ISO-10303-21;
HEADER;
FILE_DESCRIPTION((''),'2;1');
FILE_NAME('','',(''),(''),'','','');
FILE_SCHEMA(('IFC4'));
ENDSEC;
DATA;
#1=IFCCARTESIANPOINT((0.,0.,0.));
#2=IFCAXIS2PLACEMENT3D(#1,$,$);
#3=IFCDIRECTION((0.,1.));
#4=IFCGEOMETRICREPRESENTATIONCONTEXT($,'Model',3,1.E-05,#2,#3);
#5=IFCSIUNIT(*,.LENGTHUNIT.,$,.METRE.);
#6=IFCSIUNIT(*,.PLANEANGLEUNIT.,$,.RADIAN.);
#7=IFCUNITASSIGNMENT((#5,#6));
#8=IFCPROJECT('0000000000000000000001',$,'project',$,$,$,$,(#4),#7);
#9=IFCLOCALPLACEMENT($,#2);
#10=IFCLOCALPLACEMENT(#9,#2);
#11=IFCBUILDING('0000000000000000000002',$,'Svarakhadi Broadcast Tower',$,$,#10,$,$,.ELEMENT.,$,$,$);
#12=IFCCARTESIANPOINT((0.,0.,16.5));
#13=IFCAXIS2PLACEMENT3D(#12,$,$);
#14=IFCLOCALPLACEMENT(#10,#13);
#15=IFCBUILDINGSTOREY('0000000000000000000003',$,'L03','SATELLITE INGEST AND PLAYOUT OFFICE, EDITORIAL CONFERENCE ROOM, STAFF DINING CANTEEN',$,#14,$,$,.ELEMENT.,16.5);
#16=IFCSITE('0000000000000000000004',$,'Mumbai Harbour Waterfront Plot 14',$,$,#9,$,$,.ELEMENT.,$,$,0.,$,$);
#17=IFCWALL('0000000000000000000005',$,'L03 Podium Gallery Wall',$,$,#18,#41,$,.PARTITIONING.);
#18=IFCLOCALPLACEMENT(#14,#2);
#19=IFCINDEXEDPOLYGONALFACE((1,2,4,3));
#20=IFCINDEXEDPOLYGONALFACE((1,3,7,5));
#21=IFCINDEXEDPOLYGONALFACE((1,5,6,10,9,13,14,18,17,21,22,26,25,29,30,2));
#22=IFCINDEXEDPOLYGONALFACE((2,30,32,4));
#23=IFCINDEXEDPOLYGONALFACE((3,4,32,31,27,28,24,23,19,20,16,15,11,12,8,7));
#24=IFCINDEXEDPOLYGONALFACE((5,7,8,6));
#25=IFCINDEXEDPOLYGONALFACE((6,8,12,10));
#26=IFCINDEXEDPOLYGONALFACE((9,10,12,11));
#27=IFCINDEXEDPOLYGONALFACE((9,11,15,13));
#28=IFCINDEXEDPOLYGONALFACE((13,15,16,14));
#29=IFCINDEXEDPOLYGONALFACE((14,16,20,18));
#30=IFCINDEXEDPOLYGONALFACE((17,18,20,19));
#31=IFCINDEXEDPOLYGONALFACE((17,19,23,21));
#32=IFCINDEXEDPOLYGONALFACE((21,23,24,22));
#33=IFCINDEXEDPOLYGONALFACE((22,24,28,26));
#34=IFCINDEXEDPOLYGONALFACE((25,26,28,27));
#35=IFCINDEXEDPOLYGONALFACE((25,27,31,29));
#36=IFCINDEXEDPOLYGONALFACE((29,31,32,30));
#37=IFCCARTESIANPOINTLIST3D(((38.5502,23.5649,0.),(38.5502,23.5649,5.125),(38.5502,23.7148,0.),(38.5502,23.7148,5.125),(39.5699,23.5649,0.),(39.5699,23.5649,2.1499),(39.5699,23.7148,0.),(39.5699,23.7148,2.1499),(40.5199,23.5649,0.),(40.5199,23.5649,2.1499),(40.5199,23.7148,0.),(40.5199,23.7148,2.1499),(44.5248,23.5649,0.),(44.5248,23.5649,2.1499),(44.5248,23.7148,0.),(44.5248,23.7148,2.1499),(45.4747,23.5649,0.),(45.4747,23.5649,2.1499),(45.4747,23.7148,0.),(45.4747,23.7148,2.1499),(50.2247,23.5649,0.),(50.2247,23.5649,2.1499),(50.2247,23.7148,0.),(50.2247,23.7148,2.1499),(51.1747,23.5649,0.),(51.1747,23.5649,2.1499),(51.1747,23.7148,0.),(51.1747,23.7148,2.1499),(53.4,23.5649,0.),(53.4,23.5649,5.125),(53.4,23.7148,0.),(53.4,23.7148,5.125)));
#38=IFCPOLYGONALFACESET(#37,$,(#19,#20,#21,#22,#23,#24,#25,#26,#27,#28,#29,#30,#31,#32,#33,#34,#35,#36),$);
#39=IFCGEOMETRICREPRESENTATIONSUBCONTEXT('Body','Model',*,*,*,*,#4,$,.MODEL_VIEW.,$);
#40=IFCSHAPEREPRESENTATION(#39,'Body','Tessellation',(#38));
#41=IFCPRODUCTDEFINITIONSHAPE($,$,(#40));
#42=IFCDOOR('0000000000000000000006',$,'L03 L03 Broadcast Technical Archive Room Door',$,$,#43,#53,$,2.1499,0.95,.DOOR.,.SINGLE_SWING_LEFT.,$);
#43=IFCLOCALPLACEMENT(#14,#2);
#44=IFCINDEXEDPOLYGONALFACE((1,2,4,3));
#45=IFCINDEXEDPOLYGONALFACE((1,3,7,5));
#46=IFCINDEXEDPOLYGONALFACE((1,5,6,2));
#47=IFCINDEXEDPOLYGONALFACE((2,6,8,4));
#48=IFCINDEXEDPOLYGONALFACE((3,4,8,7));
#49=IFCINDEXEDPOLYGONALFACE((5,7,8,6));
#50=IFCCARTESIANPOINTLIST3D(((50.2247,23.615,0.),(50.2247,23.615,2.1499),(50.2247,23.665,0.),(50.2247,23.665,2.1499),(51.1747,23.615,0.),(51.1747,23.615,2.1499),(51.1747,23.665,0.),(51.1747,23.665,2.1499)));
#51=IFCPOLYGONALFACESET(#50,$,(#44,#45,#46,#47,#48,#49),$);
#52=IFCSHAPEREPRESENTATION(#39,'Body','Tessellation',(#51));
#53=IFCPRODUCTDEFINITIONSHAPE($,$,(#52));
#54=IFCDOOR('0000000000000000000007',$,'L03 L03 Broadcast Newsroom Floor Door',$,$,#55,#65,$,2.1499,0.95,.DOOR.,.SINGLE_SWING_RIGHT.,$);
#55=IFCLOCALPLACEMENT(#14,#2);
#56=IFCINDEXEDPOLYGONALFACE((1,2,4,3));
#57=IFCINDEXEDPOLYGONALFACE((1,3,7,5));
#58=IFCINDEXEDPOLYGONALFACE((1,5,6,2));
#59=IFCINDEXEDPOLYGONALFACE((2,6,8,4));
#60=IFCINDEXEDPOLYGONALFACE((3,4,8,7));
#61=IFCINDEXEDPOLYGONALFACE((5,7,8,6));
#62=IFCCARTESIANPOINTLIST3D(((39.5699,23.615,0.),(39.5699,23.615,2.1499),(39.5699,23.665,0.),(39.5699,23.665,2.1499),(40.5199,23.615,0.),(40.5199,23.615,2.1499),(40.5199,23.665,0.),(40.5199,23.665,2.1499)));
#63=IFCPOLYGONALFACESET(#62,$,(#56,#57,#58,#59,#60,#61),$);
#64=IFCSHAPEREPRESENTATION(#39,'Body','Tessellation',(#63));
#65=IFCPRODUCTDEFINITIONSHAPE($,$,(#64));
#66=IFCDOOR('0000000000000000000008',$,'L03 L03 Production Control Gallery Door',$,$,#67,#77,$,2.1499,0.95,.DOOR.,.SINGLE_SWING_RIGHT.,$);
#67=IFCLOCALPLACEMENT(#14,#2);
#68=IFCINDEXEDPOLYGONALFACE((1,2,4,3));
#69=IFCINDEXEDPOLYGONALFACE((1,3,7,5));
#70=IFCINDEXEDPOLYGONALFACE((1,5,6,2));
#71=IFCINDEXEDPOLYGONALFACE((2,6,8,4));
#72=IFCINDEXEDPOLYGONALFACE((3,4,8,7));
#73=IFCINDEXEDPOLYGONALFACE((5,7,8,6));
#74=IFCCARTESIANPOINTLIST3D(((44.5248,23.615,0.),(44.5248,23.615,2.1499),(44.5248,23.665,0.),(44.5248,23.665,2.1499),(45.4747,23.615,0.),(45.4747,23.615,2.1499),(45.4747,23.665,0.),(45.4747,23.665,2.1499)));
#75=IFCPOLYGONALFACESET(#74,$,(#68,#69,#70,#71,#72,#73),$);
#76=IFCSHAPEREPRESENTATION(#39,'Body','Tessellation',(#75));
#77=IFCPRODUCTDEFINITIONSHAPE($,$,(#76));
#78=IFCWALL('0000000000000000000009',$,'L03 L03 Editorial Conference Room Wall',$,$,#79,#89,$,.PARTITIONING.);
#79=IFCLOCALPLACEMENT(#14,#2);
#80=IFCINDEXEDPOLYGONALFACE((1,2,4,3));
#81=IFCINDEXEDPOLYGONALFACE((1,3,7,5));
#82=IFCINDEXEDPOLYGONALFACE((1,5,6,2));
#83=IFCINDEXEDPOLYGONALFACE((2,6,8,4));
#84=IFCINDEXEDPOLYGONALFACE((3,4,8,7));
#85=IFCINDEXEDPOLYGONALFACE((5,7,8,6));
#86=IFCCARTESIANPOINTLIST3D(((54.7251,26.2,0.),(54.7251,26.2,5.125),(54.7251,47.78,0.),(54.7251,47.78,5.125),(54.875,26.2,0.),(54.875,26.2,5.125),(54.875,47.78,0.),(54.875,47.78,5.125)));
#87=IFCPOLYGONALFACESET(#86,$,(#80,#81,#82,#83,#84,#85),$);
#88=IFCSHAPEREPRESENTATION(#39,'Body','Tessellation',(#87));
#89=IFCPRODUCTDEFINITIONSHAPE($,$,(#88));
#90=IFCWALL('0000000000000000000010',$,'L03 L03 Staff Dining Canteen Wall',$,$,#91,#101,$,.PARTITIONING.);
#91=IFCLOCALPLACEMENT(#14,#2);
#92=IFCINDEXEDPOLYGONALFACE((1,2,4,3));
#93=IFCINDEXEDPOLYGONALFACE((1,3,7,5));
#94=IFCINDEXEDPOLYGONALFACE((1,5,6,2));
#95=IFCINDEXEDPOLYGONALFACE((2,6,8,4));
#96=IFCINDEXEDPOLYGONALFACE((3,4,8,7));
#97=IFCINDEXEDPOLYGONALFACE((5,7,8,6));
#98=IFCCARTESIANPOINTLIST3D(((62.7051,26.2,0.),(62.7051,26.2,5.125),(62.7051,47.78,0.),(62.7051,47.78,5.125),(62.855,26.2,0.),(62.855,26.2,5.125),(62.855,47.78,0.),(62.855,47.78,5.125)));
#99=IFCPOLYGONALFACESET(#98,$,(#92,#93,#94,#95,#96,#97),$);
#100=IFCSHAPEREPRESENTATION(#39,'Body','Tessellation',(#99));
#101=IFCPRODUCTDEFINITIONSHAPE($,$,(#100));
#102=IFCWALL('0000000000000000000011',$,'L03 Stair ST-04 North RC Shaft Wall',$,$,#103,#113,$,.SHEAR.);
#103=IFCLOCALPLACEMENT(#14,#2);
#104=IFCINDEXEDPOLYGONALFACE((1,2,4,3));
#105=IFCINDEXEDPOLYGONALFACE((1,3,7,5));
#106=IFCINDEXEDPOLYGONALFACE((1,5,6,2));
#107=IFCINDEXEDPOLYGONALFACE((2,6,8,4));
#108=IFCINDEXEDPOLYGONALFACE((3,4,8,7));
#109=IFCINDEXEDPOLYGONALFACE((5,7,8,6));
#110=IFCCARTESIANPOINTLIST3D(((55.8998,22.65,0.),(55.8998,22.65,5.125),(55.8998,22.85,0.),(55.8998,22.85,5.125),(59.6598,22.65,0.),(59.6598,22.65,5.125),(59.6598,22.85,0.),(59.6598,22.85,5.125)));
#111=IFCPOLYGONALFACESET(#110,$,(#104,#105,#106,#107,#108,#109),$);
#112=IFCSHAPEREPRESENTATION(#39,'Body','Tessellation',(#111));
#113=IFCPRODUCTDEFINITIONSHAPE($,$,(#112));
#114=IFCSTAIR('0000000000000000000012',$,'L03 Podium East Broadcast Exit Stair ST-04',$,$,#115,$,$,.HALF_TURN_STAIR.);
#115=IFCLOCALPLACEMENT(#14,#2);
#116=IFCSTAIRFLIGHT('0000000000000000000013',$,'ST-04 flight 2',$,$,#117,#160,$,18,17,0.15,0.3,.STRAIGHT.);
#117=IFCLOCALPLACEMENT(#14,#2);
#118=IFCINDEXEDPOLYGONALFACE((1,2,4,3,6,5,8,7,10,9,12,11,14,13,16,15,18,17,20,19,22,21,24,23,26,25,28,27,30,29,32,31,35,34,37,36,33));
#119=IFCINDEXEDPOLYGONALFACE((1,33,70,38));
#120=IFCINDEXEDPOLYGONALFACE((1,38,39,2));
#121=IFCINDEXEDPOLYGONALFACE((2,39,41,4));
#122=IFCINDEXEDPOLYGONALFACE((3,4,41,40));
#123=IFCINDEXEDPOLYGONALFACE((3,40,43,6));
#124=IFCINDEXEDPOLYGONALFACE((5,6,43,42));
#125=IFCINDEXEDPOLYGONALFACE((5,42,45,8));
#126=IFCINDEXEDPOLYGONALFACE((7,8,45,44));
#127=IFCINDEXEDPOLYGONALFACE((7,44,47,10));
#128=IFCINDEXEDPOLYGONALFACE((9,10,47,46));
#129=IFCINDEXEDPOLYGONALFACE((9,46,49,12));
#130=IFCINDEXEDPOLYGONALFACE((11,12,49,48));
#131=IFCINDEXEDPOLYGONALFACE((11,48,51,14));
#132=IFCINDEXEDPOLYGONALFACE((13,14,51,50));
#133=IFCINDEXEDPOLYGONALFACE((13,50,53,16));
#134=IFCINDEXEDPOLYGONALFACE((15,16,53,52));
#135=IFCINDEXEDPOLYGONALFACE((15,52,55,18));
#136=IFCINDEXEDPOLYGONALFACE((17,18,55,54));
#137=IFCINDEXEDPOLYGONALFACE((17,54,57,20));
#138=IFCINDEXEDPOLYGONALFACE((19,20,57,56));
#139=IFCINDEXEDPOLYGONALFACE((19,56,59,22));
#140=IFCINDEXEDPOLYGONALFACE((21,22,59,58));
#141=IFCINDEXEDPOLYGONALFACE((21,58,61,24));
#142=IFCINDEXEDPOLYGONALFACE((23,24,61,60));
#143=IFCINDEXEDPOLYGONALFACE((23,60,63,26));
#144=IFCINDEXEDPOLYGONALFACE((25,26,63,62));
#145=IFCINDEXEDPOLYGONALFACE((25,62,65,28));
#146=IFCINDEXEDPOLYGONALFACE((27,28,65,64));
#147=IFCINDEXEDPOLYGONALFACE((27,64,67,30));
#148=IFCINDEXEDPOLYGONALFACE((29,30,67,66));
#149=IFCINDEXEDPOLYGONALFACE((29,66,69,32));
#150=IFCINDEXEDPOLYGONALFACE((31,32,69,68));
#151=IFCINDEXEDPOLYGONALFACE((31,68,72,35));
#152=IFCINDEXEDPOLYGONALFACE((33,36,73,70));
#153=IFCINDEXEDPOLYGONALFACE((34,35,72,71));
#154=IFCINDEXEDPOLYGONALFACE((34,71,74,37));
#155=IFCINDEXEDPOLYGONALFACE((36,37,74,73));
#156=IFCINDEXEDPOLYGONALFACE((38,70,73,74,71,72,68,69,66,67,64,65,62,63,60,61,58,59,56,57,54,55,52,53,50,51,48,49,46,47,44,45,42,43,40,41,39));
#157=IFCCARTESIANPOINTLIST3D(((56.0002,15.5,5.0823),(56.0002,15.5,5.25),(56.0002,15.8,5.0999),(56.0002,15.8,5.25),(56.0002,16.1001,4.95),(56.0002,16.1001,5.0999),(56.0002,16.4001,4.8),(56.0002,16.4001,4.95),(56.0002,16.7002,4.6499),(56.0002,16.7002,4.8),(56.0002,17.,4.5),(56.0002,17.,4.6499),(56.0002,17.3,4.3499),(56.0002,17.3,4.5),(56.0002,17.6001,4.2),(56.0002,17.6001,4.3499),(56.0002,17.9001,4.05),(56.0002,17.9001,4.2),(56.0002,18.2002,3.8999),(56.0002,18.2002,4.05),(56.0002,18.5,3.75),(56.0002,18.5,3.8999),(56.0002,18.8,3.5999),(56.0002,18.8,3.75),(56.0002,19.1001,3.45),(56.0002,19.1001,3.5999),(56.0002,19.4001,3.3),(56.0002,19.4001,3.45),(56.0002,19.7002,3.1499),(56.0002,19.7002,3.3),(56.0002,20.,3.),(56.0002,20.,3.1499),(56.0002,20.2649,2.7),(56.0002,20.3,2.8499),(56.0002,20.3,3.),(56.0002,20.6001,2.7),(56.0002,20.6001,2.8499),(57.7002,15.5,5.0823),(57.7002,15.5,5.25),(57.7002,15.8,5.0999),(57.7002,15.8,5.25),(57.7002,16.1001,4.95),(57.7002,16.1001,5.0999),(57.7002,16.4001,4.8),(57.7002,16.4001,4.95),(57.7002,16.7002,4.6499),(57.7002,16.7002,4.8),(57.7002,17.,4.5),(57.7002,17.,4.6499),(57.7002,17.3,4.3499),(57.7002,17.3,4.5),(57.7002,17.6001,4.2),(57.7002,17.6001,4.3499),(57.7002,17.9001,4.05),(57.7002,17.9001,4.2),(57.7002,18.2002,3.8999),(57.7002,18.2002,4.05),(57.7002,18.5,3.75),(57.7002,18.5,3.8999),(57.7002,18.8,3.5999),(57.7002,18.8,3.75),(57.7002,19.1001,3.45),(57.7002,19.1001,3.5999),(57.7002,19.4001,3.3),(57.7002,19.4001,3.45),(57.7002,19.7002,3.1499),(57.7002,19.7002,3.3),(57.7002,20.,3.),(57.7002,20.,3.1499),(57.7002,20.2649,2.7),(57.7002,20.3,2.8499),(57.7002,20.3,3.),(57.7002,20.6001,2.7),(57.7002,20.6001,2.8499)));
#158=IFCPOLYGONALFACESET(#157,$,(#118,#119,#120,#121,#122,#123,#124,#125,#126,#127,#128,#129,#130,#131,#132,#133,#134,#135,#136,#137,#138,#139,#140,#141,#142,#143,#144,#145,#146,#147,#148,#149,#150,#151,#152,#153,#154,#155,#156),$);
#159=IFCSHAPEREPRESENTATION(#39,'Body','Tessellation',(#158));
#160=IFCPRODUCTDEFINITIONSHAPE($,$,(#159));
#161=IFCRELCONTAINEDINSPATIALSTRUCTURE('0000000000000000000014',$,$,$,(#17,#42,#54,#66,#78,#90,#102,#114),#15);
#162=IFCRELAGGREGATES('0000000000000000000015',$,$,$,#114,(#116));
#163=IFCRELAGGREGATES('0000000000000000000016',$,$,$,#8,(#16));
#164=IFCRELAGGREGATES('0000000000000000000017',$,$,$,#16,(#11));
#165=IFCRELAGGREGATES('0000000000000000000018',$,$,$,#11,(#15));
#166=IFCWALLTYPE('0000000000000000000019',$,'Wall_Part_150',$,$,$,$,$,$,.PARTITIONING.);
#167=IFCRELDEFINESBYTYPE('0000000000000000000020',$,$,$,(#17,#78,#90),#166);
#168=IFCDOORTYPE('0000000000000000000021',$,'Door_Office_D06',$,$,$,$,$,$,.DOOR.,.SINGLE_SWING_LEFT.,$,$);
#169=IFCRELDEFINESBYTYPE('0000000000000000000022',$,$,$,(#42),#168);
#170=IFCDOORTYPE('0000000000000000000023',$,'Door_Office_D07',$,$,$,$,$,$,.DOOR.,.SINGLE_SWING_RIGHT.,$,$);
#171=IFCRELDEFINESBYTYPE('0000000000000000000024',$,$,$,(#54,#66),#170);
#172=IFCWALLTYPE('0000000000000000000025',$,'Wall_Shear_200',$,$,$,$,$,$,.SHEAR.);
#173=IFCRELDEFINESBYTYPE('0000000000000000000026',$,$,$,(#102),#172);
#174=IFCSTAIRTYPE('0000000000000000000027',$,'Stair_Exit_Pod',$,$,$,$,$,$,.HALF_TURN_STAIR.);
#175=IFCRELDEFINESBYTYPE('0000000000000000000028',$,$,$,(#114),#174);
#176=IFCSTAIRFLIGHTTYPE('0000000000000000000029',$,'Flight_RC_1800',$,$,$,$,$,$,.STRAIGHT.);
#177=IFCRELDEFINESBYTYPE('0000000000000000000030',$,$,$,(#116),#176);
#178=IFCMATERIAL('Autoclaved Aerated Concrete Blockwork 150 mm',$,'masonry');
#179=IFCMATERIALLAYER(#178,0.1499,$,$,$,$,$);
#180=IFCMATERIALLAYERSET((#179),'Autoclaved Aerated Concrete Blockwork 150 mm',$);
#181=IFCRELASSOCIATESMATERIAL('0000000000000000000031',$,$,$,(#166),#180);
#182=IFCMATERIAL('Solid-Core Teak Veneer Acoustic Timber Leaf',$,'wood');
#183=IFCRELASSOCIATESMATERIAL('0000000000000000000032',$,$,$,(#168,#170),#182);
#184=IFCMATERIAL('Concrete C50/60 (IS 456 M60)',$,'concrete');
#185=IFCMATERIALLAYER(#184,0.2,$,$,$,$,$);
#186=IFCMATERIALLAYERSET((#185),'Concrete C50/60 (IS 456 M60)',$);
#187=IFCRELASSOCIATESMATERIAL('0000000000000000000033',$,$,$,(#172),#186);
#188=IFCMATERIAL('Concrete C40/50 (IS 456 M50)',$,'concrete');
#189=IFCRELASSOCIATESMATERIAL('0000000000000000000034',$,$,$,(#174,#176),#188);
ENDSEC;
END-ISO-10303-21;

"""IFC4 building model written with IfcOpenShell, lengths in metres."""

from ifc_helpers import new_model, si_unit, direction, frame, frame_2d, origin, place, context, subcontext, project, spatial, polyline, rectangle, outline, extrude, material, layer, layer_set, type_object, element, fill, aggregate, save


model = new_model("IFC4")

# Units and contexts
model_context = context("Model", 3, precision=1e-05, world=origin(), true_north=direction((0.0, 1.0)))
body_context = subcontext(model_context, "Body", "Model", "MODEL_VIEW")
ifc_project = project(units=[si_unit("LENGTHUNIT", "METRE"), si_unit("PLANEANGLEUNIT", "RADIAN")], contexts=[model_context])

# Site, building, storey
site_placement = place(None, origin())
site = spatial("IfcSite", under=ifc_project, at=site_placement, Name="Mumbai Harbour Waterfront Plot 14", CompositionType="ELEMENT", RefElevation=0.0)
building_placement = place(site_placement, origin())
building = spatial("IfcBuilding", under=site, at=building_placement, Name="Svarakhadi Broadcast Tower", CompositionType="ELEMENT")
storey_placement = place(building_placement, frame((0.0, 0.0, 16.5)))
storey = spatial("IfcBuildingStorey", under=building, at=storey_placement, Name="L03", Description="SATELLITE INGEST AND PLAYOUT OFFICE, EDITORIAL CONFERENCE ROOM, STAFF DINING CANTEEN", CompositionType="ELEMENT", Elevation=16.5)

# Shared definitions
ifc_material_1 = material(Name="Concrete C50/60 (IS 456 M60)", Category="concrete")

# Shared definitions
ifc_material_2 = material(Name="Autoclaved Aerated Concrete Blockwork 150 mm", Category="masonry")
ifc_layer_1 = layer(ifc_material_2, 0.1499)
ifc_layer_set_1 = layer_set([ifc_layer_1], Name="Autoclaved Aerated Concrete Blockwork 150 mm")
wall_type_1 = type_object("IfcWallType", Name="Wall_Part_150", PredefinedType="PARTITIONING", material=ifc_layer_set_1)

# Wall, openings, doors
wall_1_placement = place(storey_placement, frame((53.3999, 23.6399, 0.0), z_axis=(0.0, 0.0, 1.0), x_axis=(-1.0, 0.0, 0.0)))
wall_1 = element("IfcWall", 1, at=wall_1_placement, inside=storey, type_object=wall_type_1, Name="L03 Podium Gallery Wall", PredefinedType="PARTITIONING", context=body_context, shape_type="SweptSolid", body=[
    extrude(rectangle(XDim=14.8499, YDim=0.1499, at=frame_2d((7.4248, 0.0))), origin(), (0.0, 0.0, 1.0), 5.125),
])
opening_1_placement = place(wall_1_placement, frame((12.8799, 0.0, 0.0)))
opening_1 = element("IfcOpeningElement", 2, at=opening_1_placement, cuts=wall_1, PredefinedType="OPENING", context=body_context, shape_type="SweptSolid", body=[
    extrude(rectangle(XDim=0.95, YDim=2.1499, at=frame_2d((0.4751, 1.075))), frame((0.0, 0.085, 0.0), z_axis=(0.0, -1.0, 0.0), x_axis=(1.0, 0.0, 0.0)), (0.0, 0.0, 1.0), 0.1699),
])
opening_2_placement = place(wall_1_placement, frame((7.925, 0.0, 0.0)))
opening_2 = element("IfcOpeningElement", 3, at=opening_2_placement, cuts=wall_1, PredefinedType="OPENING", context=body_context, shape_type="SweptSolid", body=[
    extrude(rectangle(XDim=0.95, YDim=2.1499, at=frame_2d((0.4751, 1.075))), frame((0.0, 0.085, 0.0), z_axis=(0.0, -1.0, 0.0), x_axis=(1.0, 0.0, 0.0)), (0.0, 0.0, 1.0), 0.1699),
])
opening_3_placement = place(wall_1_placement, frame((2.2251, 0.0, 0.0)))
opening_3 = element("IfcOpeningElement", 4, at=opening_3_placement, cuts=wall_1, PredefinedType="OPENING", context=body_context, shape_type="SweptSolid", body=[
    extrude(rectangle(XDim=0.95, YDim=2.1499, at=frame_2d((0.4751, 1.075))), frame((0.0, 0.085, 0.0), z_axis=(0.0, -1.0, 0.0), x_axis=(1.0, 0.0, 0.0)), (0.0, 0.0, 1.0), 0.1699),
])
ifc_material_3 = material(Name="Solid-Core Teak Veneer Acoustic Timber Leaf", Category="wood")
door_type_1 = type_object("IfcDoorType", Name="Door_Office_D06", OperationType="SINGLE_SWING_LEFT", PredefinedType="DOOR", material=ifc_material_3)
door_1_placement = place(opening_3_placement, origin())
door_1 = element("IfcDoor", 5, at=door_1_placement, inside=storey, type_object=door_type_1, Name="L03 L03 Broadcast Technical Archive Room Door", OperationType="SINGLE_SWING_LEFT", OverallHeight=2.1499, OverallWidth=0.95, PredefinedType="DOOR", context=body_context, shape_type="SweptSolid", body=[
    extrude(rectangle(XDim=0.95, YDim=2.1499, at=frame_2d((0.4751, 1.075))), frame((0.0, 0.0249, 0.0), z_axis=(0.0, -1.0, 0.0), x_axis=(1.0, 0.0, 0.0)), (0.0, 0.0, 1.0), 0.05),
])
fill(opening_3, door_1)
door_type_2 = type_object("IfcDoorType", Name="Door_Office_D07", OperationType="SINGLE_SWING_RIGHT", PredefinedType="DOOR", material=ifc_material_3)
door_2_placement = place(opening_1_placement, origin())
door_2 = element("IfcDoor", 6, at=door_2_placement, inside=storey, type_object=door_type_2, Name="L03 L03 Broadcast Newsroom Floor Door", OperationType="SINGLE_SWING_RIGHT", OverallHeight=2.1499, OverallWidth=0.95, PredefinedType="DOOR", context=body_context, shape_type="SweptSolid", body=[
    extrude(rectangle(XDim=0.95, YDim=2.1499, at=frame_2d((0.4751, 1.075))), frame((0.0, 0.0249, 0.0), z_axis=(0.0, -1.0, 0.0), x_axis=(1.0, 0.0, 0.0)), (0.0, 0.0, 1.0), 0.05),
])
fill(opening_1, door_2)
door_3_placement = place(opening_2_placement, origin())
door_3 = element("IfcDoor", 7, at=door_3_placement, inside=storey, type_object=door_type_2, Name="L03 L03 Production Control Gallery Door", OperationType="SINGLE_SWING_RIGHT", OverallHeight=2.1499, OverallWidth=0.95, PredefinedType="DOOR", context=body_context, shape_type="SweptSolid", body=[
    extrude(rectangle(XDim=0.95, YDim=2.1499, at=frame_2d((0.4751, 1.075))), frame((0.0, 0.0249, 0.0), z_axis=(0.0, -1.0, 0.0), x_axis=(1.0, 0.0, 0.0)), (0.0, 0.0, 1.0), 0.05),
])
fill(opening_2, door_3)

# Walls
for number, where, z_axis, x_axis, name in (
    (8, (54.8, 26.2, 0.0), (0.0, 0.0, 1.0), (0.0, 1.0, 0.0), "L03 L03 Editorial Conference Room Wall"),
    (9, (62.78, 26.2, 0.0), (0.0, 0.0, 1.0), (0.0, 1.0, 0.0), "L03 L03 Staff Dining Canteen Wall"),
):
    element("IfcWall", number, at=place(storey_placement, frame(where, z_axis=z_axis, x_axis=x_axis)), inside=storey, type_object=wall_type_1, Name=name, PredefinedType="PARTITIONING", context=body_context, shape_type="SweptSolid", body=[
        extrude(rectangle(XDim=21.5801, YDim=0.1499, at=frame_2d((10.79, 0.0))), origin(), (0.0, 0.0, 1.0), 5.125),
    ])
ifc_layer_2 = layer(ifc_material_1, 0.2)
ifc_layer_set_2 = layer_set([ifc_layer_2], Name="Concrete C50/60 (IS 456 M60)")
wall_type_2 = type_object("IfcWallType", Name="Wall_Shear_200", PredefinedType="SHEAR", material=ifc_layer_set_2)
wall_2_placement = place(storey_placement, frame((55.8999, 22.75, 0.0), z_axis=(0.0, 0.0, 1.0), x_axis=(1.0, 0.0, 0.0)))
element("IfcWall", 10, at=wall_2_placement, inside=storey, type_object=wall_type_2, Name="L03 Stair ST-04 North RC Shaft Wall", PredefinedType="SHEAR", context=body_context, shape_type="SweptSolid", body=[
    extrude(rectangle(XDim=3.76, YDim=0.2, at=frame_2d((1.8799, 0.0))), origin(), (0.0, 0.0, 1.0), 5.125),
])

# Stair, stair flight
ifc_material_4 = material(Name="Concrete C40/50 (IS 456 M50)", Category="concrete")
stair_type = type_object("IfcStairType", Name="Stair_Exit_Pod", PredefinedType="HALF_TURN_STAIR", material=ifc_material_4)
stair_placement = place(storey_placement, origin())
stair = element("IfcStair", 11, at=stair_placement, inside=storey, type_object=stair_type, Name="L03 Podium East Broadcast Exit Stair ST-04", PredefinedType="HALF_TURN_STAIR")
stair_flight_type = type_object("IfcStairFlightType", Name="Flight_RC_1800", PredefinedType="STRAIGHT", material=ifc_material_4)
stair_flight_placement = place(storey_placement, frame((56.8501, 20.6001, 2.7), z_axis=(0.0, 0.0, 1.0), x_axis=(0.0, -1.0, 0.0)))
stair_flight = element("IfcStairFlight", 12, at=stair_flight_placement, type_object=stair_flight_type, Name="ST-04 flight 2", NumberOfRisers=18, NumberOfTreads=17, PredefinedType="STRAIGHT", RiserHeight=0.15, TreadLength=0.3, context=body_context, shape_type="SweptSolid", body=[
    extrude(outline(polyline([(0.0, 0.0), (0.0, 0.1499), (0.3, 0.1499), (0.3, 0.3), (0.6001, 0.3), (0.6001, 0.45), (0.8999, 0.45), (0.8999, 0.6001), (1.2, 0.6001), (1.2, 0.75), (1.5, 0.75), (1.5, 0.8999), (1.8, 0.8999), (1.8, 1.05), (2.1001, 1.05), (2.1001, 1.2), (2.3999, 1.2), (2.3999, 1.3501), (2.7, 1.3501), (2.7, 1.5), (3.0, 1.5), (3.0, 1.6499), (3.3, 1.6499), (3.3, 1.8), (3.6001, 1.8), (3.6001, 1.95), (3.8999, 1.95), (3.8999, 2.1001), (4.2, 2.1001), (4.2, 2.25), (4.5, 2.25), (4.5, 2.3999), (4.8, 2.3999), (4.8, 2.55), (5.1001, 2.55), (5.1001, 2.7), (5.1001, 2.3823), (0.3352, 0.0), (0.0, 0.0)])), frame((0.0, 0.8501, 0.0), z_axis=(0.0, -1.0, 0.0), x_axis=(1.0, 0.0, 0.0)), (0.0, 0.0, 1.0), 1.7),
])
aggregate(stair, [stair_flight])

save(model, "model.ifc")
